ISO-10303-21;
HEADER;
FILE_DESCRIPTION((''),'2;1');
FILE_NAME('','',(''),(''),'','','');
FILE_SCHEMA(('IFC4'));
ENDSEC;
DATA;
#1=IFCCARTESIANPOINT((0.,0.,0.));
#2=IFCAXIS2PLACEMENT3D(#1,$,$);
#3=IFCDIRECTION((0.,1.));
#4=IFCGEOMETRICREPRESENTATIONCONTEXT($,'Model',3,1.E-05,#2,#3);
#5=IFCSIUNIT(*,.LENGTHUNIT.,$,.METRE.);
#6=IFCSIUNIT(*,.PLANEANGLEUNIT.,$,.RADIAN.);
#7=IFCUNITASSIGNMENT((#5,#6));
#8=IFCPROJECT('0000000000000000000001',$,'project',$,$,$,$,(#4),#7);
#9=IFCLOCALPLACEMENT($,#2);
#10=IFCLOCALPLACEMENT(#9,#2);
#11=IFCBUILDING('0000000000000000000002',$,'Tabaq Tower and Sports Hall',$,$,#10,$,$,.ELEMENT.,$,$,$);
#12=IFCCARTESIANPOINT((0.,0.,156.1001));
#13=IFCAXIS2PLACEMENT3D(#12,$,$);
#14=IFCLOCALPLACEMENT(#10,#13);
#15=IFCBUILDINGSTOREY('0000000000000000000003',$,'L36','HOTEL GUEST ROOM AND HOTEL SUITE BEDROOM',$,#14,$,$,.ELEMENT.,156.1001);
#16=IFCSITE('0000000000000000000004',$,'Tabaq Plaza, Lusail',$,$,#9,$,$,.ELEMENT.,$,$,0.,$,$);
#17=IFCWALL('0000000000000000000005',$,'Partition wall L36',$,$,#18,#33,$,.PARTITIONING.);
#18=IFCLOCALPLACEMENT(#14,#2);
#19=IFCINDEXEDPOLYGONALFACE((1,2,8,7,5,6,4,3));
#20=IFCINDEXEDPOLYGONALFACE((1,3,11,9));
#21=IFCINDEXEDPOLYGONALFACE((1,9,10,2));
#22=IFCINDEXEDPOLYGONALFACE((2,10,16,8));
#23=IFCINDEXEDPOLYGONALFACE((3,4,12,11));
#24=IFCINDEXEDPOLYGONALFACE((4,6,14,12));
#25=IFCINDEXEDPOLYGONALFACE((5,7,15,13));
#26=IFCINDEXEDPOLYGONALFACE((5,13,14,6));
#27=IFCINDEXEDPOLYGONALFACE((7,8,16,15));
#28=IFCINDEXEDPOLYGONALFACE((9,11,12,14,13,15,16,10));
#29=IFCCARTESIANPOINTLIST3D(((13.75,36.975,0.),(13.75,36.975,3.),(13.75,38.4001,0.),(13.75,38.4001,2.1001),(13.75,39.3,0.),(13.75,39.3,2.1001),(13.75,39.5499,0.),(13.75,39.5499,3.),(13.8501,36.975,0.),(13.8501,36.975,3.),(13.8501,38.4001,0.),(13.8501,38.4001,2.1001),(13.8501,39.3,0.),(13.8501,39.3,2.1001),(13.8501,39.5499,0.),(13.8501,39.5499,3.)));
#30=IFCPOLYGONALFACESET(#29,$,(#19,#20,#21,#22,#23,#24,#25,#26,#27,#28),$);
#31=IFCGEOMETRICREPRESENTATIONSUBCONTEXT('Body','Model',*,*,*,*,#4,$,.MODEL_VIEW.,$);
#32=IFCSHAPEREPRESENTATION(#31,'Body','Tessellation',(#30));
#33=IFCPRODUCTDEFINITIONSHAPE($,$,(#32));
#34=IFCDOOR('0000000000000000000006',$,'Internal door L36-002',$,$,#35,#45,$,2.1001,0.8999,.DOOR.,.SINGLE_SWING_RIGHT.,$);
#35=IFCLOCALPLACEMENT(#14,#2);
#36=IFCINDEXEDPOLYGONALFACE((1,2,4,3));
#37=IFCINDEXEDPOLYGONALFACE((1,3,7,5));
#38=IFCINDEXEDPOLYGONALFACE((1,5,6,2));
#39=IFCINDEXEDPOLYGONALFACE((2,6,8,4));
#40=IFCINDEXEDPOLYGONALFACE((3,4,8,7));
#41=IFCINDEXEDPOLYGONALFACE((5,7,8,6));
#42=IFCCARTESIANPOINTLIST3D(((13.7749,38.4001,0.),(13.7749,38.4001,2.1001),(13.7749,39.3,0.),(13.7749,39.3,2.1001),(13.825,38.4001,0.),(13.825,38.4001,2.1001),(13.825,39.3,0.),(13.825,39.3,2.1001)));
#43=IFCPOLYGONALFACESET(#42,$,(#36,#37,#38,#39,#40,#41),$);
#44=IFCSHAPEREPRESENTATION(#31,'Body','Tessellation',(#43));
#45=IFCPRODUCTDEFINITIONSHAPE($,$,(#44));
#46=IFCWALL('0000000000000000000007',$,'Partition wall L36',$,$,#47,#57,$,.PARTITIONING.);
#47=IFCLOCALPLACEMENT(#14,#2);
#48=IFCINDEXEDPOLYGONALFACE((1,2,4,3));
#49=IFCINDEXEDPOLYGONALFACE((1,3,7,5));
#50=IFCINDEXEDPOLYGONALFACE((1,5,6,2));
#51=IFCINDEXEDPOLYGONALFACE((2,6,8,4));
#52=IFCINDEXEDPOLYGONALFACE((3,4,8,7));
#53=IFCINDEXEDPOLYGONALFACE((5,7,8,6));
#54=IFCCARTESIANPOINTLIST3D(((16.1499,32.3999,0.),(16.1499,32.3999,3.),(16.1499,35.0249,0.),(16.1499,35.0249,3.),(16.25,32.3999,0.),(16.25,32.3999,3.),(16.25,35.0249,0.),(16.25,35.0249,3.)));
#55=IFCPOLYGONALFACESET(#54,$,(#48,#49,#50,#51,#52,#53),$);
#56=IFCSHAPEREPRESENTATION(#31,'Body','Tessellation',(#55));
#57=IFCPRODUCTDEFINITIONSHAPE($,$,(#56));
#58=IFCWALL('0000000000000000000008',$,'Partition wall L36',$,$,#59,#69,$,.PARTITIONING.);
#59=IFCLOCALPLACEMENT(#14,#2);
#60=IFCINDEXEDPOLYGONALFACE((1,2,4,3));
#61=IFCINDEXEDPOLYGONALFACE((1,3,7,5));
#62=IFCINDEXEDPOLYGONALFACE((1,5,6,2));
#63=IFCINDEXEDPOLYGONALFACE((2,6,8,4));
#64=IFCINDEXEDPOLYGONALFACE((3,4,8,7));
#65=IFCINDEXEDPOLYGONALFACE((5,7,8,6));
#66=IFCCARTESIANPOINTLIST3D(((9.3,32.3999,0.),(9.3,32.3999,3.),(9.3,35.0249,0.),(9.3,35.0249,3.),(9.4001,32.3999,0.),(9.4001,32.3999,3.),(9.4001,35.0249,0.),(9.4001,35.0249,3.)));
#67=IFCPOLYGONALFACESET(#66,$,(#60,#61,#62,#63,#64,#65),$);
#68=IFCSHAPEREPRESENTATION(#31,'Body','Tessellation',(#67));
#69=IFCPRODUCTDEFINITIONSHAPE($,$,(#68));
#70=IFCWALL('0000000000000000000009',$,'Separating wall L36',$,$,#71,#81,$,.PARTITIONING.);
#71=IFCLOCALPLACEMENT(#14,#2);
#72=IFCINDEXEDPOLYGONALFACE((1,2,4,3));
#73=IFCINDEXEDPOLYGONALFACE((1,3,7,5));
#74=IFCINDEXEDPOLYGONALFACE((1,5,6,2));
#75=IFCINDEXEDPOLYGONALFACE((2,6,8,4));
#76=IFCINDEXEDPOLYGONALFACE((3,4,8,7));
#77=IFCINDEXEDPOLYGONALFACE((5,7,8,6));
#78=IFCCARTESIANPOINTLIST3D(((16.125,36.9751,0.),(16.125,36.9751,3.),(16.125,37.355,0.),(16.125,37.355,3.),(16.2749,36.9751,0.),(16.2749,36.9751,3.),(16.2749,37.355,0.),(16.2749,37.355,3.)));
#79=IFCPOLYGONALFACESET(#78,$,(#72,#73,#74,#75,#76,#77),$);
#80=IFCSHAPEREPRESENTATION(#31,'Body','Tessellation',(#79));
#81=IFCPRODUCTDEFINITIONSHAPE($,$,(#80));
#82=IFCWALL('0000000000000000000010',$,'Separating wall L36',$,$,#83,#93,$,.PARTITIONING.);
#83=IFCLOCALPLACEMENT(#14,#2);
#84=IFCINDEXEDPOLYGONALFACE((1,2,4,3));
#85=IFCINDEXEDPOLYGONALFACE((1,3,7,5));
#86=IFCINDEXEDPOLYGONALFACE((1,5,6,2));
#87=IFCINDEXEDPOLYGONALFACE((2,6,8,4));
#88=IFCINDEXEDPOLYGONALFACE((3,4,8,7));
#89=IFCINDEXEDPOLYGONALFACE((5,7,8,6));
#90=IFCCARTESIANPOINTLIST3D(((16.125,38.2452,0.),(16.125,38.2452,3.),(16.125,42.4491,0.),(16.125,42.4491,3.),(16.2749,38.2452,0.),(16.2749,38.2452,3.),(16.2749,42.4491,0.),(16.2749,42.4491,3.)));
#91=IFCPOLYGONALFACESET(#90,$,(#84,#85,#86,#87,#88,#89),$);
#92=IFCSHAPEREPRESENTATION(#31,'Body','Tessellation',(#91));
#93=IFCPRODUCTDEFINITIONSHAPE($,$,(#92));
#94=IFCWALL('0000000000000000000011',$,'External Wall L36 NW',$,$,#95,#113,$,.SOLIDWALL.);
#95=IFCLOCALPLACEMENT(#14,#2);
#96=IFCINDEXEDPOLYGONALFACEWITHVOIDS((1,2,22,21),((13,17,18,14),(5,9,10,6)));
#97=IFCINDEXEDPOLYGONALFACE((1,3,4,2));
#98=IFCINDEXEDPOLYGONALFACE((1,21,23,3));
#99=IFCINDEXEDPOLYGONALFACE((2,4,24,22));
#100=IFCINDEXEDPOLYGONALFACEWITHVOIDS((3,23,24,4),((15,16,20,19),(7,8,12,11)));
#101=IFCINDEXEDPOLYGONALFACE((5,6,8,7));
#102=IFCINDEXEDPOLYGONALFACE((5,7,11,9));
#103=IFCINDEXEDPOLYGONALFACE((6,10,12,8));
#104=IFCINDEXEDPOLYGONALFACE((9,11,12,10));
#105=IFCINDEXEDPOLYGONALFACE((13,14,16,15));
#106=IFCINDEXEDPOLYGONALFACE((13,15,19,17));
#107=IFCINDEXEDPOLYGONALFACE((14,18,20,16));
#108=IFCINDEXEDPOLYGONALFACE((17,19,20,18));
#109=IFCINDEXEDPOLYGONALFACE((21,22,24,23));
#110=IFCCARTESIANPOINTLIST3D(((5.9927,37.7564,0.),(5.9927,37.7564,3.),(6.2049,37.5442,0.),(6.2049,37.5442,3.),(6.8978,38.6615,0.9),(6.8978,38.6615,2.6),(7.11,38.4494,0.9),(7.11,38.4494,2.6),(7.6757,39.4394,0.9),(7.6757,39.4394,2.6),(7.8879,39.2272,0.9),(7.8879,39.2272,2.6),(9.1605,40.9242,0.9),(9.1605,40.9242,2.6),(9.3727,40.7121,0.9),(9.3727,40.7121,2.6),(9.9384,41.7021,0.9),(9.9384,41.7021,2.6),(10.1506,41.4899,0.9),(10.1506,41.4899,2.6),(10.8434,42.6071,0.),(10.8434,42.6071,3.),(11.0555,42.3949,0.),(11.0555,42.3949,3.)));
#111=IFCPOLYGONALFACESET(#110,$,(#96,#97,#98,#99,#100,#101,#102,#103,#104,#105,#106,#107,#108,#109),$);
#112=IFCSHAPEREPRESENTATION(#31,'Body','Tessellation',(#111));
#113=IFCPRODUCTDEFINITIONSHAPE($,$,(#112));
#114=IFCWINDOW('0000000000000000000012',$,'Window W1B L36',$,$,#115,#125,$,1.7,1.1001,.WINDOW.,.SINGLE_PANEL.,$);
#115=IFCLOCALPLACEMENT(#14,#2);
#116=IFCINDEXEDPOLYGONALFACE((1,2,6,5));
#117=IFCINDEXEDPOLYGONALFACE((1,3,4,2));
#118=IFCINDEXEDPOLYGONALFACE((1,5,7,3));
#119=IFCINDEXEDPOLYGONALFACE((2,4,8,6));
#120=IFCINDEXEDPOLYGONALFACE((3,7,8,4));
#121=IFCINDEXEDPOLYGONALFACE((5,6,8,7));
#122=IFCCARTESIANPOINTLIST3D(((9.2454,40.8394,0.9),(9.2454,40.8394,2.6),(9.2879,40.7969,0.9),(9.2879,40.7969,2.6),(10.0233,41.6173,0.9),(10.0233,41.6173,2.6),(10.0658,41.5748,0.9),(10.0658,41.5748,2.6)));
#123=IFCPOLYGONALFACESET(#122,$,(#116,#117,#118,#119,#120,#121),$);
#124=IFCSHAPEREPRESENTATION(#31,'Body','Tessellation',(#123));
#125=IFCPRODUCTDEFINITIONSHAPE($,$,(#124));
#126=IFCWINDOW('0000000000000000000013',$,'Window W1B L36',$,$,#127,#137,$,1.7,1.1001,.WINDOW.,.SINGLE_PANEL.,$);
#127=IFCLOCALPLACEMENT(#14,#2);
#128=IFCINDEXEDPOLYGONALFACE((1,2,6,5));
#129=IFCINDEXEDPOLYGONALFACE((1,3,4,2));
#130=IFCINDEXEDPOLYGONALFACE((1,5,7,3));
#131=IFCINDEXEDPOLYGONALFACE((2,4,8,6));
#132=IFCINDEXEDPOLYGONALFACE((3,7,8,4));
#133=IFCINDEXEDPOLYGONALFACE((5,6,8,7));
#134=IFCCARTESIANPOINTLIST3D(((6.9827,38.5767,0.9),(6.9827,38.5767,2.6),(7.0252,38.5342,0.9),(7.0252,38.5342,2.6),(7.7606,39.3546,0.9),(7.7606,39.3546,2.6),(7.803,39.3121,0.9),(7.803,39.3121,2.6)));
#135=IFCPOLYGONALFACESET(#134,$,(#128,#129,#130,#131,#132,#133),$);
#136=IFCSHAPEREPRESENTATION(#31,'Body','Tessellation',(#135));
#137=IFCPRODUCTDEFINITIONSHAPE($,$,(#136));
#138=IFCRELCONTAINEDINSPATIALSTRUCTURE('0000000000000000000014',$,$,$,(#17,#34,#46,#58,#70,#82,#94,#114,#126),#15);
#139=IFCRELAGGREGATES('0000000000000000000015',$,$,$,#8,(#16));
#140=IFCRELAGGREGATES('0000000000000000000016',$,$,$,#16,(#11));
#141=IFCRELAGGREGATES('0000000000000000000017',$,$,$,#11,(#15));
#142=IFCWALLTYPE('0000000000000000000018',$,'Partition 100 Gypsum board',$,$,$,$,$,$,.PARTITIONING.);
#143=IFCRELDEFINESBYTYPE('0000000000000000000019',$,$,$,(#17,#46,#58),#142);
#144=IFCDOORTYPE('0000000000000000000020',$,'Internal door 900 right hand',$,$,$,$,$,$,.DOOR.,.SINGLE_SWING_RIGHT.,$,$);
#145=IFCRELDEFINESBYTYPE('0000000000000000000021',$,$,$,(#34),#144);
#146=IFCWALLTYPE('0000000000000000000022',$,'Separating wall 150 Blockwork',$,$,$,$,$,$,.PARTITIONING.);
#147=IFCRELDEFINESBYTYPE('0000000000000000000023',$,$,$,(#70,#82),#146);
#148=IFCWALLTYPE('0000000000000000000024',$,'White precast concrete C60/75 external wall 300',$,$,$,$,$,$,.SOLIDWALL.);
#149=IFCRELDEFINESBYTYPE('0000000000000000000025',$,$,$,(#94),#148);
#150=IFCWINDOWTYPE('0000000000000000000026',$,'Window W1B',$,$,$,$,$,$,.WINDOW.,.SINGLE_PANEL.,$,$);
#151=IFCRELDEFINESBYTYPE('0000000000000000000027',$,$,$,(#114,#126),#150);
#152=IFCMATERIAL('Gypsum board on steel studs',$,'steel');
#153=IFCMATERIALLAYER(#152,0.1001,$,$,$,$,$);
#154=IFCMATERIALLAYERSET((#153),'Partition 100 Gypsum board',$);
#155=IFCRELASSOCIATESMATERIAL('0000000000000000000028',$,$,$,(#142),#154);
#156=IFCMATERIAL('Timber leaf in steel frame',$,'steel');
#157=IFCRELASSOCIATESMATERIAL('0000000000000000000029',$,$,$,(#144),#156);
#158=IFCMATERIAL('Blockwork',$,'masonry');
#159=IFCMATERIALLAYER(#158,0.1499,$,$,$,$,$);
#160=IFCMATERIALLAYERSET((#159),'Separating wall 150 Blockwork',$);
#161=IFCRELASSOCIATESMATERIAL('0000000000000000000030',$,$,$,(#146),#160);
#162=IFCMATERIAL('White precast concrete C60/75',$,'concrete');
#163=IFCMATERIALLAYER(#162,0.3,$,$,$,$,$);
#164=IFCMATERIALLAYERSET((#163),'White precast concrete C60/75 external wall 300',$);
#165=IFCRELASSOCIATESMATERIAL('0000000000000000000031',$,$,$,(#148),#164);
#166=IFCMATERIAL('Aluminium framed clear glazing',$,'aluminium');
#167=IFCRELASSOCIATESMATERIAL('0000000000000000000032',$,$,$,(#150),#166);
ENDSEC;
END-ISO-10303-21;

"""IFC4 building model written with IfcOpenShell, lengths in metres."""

from ifc_helpers import new_model, si_unit, direction, frame, frame_2d, origin, place, context, subcontext, project, spatial, rectangle, extrude, material, layer, layer_set, type_object, element, fill, save


model = new_model("IFC4")

# Units and contexts
model_context = context("Model", 3, precision=1e-05, world=origin(), true_north=direction((0.0, 1.0)))
body_context = subcontext(model_context, "Body", "Model", "MODEL_VIEW")
ifc_project = project(units=[si_unit("LENGTHUNIT", "METRE"), si_unit("PLANEANGLEUNIT", "RADIAN")], contexts=[model_context])

# Site, building, storey
site_placement = place(None, origin())
site = spatial("IfcSite", under=ifc_project, at=site_placement, Name="Tabaq Plaza, Lusail", CompositionType="ELEMENT", RefElevation=0.0)
building_placement = place(site_placement, origin())
building = spatial("IfcBuilding", under=site, at=building_placement, Name="Tabaq Tower and Sports Hall", CompositionType="ELEMENT")
storey_placement = place(building_placement, frame((0.0, 0.0, 156.1001)))
storey = spatial("IfcBuildingStorey", under=building, at=storey_placement, Name="L36", Description="HOTEL GUEST ROOM AND HOTEL SUITE BEDROOM", CompositionType="ELEMENT", Elevation=156.1001)

# Shared definitions
ifc_material_1 = material(Name="Gypsum board on steel studs", Category="steel")
ifc_layer_1 = layer(ifc_material_1, 0.1001)
ifc_layer_set_1 = layer_set([ifc_layer_1], Name="Partition 100 Gypsum board")
wall_type_1 = type_object("IfcWallType", Name="Partition 100 Gypsum board", PredefinedType="PARTITIONING", material=ifc_layer_set_1)

# Wall, opening, door
wall_1_placement = place(storey_placement, frame((13.8, 39.55, 0.0), z_axis=(0.0, 0.0, 1.0), x_axis=(0.0, -1.0, 0.0)))
wall_1 = element("IfcWall", 1, at=wall_1_placement, inside=storey, type_object=wall_type_1, Name="Partition wall L36", PredefinedType="PARTITIONING", context=body_context, shape_type="SweptSolid", body=[
    extrude(rectangle(XDim=2.575, YDim=0.1001, at=frame_2d((1.2876, 0.0))), origin(), (0.0, 0.0, 1.0), 3.0),
])
opening_1_placement = place(wall_1_placement, frame((0.25, 0.0, 0.0)))
opening_1 = element("IfcOpeningElement", 2, at=opening_1_placement, cuts=wall_1, PredefinedType="OPENING", context=body_context, shape_type="SweptSolid", body=[
    extrude(rectangle(XDim=0.8999, YDim=2.1001, at=frame_2d((0.45, 1.05))), frame((0.0, 0.05, 0.0), z_axis=(0.0, -1.0, 0.0), x_axis=(1.0, 0.0, 0.0)), (0.0, 0.0, 1.0), 0.1001),
])
ifc_material_2 = material(Name="Timber leaf in steel frame", Category="steel")
door_type_1 = type_object("IfcDoorType", Name="Internal door 900 right hand", OperationType="SINGLE_SWING_RIGHT", PredefinedType="DOOR", material=ifc_material_2)
door_1_placement = place(opening_1_placement, origin())
door_1 = element("IfcDoor", 3, at=door_1_placement, inside=storey, type_object=door_type_1, Name="Internal door L36-002", OperationType="SINGLE_SWING_RIGHT", OverallHeight=2.1001, OverallWidth=0.8999, PredefinedType="DOOR", context=body_context, shape_type="SweptSolid", body=[
    extrude(rectangle(XDim=0.8999, YDim=2.1001, at=frame_2d((0.45, 1.05))), frame((0.0, 0.0249, 0.0), z_axis=(0.0, -1.0, 0.0), x_axis=(1.0, 0.0, 0.0)), (0.0, 0.0, 1.0), 0.05),
])
fill(opening_1, door_1)

# Walls
for number, where, z_axis, x_axis, name in (
    (4, (16.2, 35.0249, 0.0), (0.0, 0.0, 1.0), (0.0, -1.0, 0.0), "Partition wall L36"),
    (5, (9.3501, 35.0249, 0.0), (0.0, 0.0, 1.0), (0.0, -1.0, 0.0), "Partition wall L36"),
):
    element("IfcWall", number, at=place(storey_placement, frame(where, z_axis=z_axis, x_axis=x_axis)), inside=storey, type_object=wall_type_1, Name=name, PredefinedType="PARTITIONING", context=body_context, shape_type="SweptSolid", body=[
        extrude(rectangle(XDim=2.625, YDim=0.1001, at=frame_2d((1.3125, 0.0))), origin(), (0.0, 0.0, 1.0), 3.0),
    ])
ifc_material_3 = material(Name="Blockwork", Category="masonry")
ifc_layer_2 = layer(ifc_material_3, 0.1499)
ifc_layer_set_2 = layer_set([ifc_layer_2], Name="Separating wall 150 Blockwork")
wall_type_2 = type_object("IfcWallType", Name="Separating wall 150 Blockwork", PredefinedType="PARTITIONING", material=ifc_layer_set_2)
wall_2_placement = place(storey_placement, frame((16.2, 36.9751, 0.0), z_axis=(0.0, 0.0, 1.0), x_axis=(0.0, 1.0, 0.0)))
element("IfcWall", 6, at=wall_2_placement, inside=storey, type_object=wall_type_2, Name="Separating wall L36", PredefinedType="PARTITIONING", context=body_context, shape_type="SweptSolid", body=[
    extrude(rectangle(XDim=0.3799, YDim=0.1499, at=frame_2d((0.1899, 0.0))), origin(), (0.0, 0.0, 1.0), 3.0),
])
wall_3_placement = place(storey_placement, frame((16.2, 38.2451, 0.0), z_axis=(0.0, 0.0, 1.0), x_axis=(0.0, 1.0, 0.0)))
element("IfcWall", 7, at=wall_3_placement, inside=storey, type_object=wall_type_2, Name="Separating wall L36", PredefinedType="PARTITIONING", context=body_context, shape_type="SweptSolid", body=[
    extrude(rectangle(XDim=4.2039, YDim=0.1499, at=frame_2d((2.1021, 0.0))), origin(), (0.0, 0.0, 1.0), 3.0),
])

# Wall, openings, windows
ifc_material_4 = material(Name="White precast concrete C60/75", Category="concrete")
ifc_layer_3 = layer(ifc_material_4, 0.3)
ifc_layer_set_3 = layer_set([ifc_layer_3], Name="White precast concrete C60/75 external wall 300")
wall_type_3 = type_object("IfcWallType", Name="White precast concrete C60/75 external wall 300", PredefinedType="SOLIDWALL", material=ifc_layer_set_3)
wall_4_placement = place(storey_placement, frame((10.9495, 42.501, 0.0), z_axis=(0.0, 0.0, 1.0), x_axis=(-0.707107, -0.707107, 0.0)))
wall_4 = element("IfcWall", 8, at=wall_4_placement, inside=storey, type_object=wall_type_3, Name="External Wall L36 NW", PredefinedType="SOLIDWALL", context=body_context, shape_type="SweptSolid", body=[
    extrude(rectangle(XDim=6.8599, YDim=0.3, at=frame_2d((3.4299, 0.0))), origin(), (0.0, 0.0, 1.0), 3.0),
])
opening_2_placement = place(wall_4_placement, frame((1.2798, 0.0, 0.8999)))
opening_2 = element("IfcOpeningElement", 9, at=opening_2_placement, cuts=wall_4, PredefinedType="OPENING", context=body_context, shape_type="SweptSolid", body=[
    extrude(rectangle(XDim=1.1001, YDim=1.7, at=frame_2d((0.55, 0.8501))), frame((0.0, 0.1602, 0.0), z_axis=(0.0, -1.0, 0.0), x_axis=(1.0, 0.0, 0.0)), (0.0, 0.0, 1.0), 0.3201),
])
opening_3_placement = place(wall_4_placement, frame((4.4797, 0.0, 0.8999)))
opening_3 = element("IfcOpeningElement", 10, at=opening_3_placement, cuts=wall_4, PredefinedType="OPENING", context=body_context, shape_type="SweptSolid", body=[
    extrude(rectangle(XDim=1.1001, YDim=1.7, at=frame_2d((0.55, 0.8501))), frame((0.0, 0.1602, 0.0), z_axis=(0.0, -1.0, 0.0), x_axis=(1.0, 0.0, 0.0)), (0.0, 0.0, 1.0), 0.3201),
])
ifc_material_5 = material(Name="Aluminium framed clear glazing", Category="aluminium")
window_type = type_object("IfcWindowType", Name="Window W1B", PartitioningType="SINGLE_PANEL", PredefinedType="WINDOW", material=ifc_material_5)
window_1_placement = place(opening_2_placement, origin())
window_1 = element("IfcWindow", 11, at=window_1_placement, inside=storey, type_object=window_type, Name="Window W1B L36", OverallHeight=1.7, OverallWidth=1.1001, PartitioningType="SINGLE_PANEL", PredefinedType="WINDOW", context=body_context, shape_type="SweptSolid", body=[
    extrude(rectangle(XDim=1.1001, YDim=1.7, at=frame_2d((0.55, 0.8501))), frame((0.0, 0.03, 0.0), z_axis=(0.0, -1.0, 0.0), x_axis=(1.0, 0.0, 0.0)), (0.0, 0.0, 1.0), 0.0601),
])
fill(opening_2, window_1)
window_2_placement = place(opening_3_placement, origin())
window_2 = element("IfcWindow", 12, at=window_2_placement, inside=storey, type_object=window_type, Name="Window W1B L36", OverallHeight=1.7, OverallWidth=1.1001, PartitioningType="SINGLE_PANEL", PredefinedType="WINDOW", context=body_context, shape_type="SweptSolid", body=[
    extrude(rectangle(XDim=1.1001, YDim=1.7, at=frame_2d((0.55, 0.8501))), frame((0.0, 0.03, 0.0), z_axis=(0.0, -1.0, 0.0), x_axis=(1.0, 0.0, 0.0)), (0.0, 0.0, 1.0), 0.0601),
])
fill(opening_3, window_2)

save(model, "model.ifc")
